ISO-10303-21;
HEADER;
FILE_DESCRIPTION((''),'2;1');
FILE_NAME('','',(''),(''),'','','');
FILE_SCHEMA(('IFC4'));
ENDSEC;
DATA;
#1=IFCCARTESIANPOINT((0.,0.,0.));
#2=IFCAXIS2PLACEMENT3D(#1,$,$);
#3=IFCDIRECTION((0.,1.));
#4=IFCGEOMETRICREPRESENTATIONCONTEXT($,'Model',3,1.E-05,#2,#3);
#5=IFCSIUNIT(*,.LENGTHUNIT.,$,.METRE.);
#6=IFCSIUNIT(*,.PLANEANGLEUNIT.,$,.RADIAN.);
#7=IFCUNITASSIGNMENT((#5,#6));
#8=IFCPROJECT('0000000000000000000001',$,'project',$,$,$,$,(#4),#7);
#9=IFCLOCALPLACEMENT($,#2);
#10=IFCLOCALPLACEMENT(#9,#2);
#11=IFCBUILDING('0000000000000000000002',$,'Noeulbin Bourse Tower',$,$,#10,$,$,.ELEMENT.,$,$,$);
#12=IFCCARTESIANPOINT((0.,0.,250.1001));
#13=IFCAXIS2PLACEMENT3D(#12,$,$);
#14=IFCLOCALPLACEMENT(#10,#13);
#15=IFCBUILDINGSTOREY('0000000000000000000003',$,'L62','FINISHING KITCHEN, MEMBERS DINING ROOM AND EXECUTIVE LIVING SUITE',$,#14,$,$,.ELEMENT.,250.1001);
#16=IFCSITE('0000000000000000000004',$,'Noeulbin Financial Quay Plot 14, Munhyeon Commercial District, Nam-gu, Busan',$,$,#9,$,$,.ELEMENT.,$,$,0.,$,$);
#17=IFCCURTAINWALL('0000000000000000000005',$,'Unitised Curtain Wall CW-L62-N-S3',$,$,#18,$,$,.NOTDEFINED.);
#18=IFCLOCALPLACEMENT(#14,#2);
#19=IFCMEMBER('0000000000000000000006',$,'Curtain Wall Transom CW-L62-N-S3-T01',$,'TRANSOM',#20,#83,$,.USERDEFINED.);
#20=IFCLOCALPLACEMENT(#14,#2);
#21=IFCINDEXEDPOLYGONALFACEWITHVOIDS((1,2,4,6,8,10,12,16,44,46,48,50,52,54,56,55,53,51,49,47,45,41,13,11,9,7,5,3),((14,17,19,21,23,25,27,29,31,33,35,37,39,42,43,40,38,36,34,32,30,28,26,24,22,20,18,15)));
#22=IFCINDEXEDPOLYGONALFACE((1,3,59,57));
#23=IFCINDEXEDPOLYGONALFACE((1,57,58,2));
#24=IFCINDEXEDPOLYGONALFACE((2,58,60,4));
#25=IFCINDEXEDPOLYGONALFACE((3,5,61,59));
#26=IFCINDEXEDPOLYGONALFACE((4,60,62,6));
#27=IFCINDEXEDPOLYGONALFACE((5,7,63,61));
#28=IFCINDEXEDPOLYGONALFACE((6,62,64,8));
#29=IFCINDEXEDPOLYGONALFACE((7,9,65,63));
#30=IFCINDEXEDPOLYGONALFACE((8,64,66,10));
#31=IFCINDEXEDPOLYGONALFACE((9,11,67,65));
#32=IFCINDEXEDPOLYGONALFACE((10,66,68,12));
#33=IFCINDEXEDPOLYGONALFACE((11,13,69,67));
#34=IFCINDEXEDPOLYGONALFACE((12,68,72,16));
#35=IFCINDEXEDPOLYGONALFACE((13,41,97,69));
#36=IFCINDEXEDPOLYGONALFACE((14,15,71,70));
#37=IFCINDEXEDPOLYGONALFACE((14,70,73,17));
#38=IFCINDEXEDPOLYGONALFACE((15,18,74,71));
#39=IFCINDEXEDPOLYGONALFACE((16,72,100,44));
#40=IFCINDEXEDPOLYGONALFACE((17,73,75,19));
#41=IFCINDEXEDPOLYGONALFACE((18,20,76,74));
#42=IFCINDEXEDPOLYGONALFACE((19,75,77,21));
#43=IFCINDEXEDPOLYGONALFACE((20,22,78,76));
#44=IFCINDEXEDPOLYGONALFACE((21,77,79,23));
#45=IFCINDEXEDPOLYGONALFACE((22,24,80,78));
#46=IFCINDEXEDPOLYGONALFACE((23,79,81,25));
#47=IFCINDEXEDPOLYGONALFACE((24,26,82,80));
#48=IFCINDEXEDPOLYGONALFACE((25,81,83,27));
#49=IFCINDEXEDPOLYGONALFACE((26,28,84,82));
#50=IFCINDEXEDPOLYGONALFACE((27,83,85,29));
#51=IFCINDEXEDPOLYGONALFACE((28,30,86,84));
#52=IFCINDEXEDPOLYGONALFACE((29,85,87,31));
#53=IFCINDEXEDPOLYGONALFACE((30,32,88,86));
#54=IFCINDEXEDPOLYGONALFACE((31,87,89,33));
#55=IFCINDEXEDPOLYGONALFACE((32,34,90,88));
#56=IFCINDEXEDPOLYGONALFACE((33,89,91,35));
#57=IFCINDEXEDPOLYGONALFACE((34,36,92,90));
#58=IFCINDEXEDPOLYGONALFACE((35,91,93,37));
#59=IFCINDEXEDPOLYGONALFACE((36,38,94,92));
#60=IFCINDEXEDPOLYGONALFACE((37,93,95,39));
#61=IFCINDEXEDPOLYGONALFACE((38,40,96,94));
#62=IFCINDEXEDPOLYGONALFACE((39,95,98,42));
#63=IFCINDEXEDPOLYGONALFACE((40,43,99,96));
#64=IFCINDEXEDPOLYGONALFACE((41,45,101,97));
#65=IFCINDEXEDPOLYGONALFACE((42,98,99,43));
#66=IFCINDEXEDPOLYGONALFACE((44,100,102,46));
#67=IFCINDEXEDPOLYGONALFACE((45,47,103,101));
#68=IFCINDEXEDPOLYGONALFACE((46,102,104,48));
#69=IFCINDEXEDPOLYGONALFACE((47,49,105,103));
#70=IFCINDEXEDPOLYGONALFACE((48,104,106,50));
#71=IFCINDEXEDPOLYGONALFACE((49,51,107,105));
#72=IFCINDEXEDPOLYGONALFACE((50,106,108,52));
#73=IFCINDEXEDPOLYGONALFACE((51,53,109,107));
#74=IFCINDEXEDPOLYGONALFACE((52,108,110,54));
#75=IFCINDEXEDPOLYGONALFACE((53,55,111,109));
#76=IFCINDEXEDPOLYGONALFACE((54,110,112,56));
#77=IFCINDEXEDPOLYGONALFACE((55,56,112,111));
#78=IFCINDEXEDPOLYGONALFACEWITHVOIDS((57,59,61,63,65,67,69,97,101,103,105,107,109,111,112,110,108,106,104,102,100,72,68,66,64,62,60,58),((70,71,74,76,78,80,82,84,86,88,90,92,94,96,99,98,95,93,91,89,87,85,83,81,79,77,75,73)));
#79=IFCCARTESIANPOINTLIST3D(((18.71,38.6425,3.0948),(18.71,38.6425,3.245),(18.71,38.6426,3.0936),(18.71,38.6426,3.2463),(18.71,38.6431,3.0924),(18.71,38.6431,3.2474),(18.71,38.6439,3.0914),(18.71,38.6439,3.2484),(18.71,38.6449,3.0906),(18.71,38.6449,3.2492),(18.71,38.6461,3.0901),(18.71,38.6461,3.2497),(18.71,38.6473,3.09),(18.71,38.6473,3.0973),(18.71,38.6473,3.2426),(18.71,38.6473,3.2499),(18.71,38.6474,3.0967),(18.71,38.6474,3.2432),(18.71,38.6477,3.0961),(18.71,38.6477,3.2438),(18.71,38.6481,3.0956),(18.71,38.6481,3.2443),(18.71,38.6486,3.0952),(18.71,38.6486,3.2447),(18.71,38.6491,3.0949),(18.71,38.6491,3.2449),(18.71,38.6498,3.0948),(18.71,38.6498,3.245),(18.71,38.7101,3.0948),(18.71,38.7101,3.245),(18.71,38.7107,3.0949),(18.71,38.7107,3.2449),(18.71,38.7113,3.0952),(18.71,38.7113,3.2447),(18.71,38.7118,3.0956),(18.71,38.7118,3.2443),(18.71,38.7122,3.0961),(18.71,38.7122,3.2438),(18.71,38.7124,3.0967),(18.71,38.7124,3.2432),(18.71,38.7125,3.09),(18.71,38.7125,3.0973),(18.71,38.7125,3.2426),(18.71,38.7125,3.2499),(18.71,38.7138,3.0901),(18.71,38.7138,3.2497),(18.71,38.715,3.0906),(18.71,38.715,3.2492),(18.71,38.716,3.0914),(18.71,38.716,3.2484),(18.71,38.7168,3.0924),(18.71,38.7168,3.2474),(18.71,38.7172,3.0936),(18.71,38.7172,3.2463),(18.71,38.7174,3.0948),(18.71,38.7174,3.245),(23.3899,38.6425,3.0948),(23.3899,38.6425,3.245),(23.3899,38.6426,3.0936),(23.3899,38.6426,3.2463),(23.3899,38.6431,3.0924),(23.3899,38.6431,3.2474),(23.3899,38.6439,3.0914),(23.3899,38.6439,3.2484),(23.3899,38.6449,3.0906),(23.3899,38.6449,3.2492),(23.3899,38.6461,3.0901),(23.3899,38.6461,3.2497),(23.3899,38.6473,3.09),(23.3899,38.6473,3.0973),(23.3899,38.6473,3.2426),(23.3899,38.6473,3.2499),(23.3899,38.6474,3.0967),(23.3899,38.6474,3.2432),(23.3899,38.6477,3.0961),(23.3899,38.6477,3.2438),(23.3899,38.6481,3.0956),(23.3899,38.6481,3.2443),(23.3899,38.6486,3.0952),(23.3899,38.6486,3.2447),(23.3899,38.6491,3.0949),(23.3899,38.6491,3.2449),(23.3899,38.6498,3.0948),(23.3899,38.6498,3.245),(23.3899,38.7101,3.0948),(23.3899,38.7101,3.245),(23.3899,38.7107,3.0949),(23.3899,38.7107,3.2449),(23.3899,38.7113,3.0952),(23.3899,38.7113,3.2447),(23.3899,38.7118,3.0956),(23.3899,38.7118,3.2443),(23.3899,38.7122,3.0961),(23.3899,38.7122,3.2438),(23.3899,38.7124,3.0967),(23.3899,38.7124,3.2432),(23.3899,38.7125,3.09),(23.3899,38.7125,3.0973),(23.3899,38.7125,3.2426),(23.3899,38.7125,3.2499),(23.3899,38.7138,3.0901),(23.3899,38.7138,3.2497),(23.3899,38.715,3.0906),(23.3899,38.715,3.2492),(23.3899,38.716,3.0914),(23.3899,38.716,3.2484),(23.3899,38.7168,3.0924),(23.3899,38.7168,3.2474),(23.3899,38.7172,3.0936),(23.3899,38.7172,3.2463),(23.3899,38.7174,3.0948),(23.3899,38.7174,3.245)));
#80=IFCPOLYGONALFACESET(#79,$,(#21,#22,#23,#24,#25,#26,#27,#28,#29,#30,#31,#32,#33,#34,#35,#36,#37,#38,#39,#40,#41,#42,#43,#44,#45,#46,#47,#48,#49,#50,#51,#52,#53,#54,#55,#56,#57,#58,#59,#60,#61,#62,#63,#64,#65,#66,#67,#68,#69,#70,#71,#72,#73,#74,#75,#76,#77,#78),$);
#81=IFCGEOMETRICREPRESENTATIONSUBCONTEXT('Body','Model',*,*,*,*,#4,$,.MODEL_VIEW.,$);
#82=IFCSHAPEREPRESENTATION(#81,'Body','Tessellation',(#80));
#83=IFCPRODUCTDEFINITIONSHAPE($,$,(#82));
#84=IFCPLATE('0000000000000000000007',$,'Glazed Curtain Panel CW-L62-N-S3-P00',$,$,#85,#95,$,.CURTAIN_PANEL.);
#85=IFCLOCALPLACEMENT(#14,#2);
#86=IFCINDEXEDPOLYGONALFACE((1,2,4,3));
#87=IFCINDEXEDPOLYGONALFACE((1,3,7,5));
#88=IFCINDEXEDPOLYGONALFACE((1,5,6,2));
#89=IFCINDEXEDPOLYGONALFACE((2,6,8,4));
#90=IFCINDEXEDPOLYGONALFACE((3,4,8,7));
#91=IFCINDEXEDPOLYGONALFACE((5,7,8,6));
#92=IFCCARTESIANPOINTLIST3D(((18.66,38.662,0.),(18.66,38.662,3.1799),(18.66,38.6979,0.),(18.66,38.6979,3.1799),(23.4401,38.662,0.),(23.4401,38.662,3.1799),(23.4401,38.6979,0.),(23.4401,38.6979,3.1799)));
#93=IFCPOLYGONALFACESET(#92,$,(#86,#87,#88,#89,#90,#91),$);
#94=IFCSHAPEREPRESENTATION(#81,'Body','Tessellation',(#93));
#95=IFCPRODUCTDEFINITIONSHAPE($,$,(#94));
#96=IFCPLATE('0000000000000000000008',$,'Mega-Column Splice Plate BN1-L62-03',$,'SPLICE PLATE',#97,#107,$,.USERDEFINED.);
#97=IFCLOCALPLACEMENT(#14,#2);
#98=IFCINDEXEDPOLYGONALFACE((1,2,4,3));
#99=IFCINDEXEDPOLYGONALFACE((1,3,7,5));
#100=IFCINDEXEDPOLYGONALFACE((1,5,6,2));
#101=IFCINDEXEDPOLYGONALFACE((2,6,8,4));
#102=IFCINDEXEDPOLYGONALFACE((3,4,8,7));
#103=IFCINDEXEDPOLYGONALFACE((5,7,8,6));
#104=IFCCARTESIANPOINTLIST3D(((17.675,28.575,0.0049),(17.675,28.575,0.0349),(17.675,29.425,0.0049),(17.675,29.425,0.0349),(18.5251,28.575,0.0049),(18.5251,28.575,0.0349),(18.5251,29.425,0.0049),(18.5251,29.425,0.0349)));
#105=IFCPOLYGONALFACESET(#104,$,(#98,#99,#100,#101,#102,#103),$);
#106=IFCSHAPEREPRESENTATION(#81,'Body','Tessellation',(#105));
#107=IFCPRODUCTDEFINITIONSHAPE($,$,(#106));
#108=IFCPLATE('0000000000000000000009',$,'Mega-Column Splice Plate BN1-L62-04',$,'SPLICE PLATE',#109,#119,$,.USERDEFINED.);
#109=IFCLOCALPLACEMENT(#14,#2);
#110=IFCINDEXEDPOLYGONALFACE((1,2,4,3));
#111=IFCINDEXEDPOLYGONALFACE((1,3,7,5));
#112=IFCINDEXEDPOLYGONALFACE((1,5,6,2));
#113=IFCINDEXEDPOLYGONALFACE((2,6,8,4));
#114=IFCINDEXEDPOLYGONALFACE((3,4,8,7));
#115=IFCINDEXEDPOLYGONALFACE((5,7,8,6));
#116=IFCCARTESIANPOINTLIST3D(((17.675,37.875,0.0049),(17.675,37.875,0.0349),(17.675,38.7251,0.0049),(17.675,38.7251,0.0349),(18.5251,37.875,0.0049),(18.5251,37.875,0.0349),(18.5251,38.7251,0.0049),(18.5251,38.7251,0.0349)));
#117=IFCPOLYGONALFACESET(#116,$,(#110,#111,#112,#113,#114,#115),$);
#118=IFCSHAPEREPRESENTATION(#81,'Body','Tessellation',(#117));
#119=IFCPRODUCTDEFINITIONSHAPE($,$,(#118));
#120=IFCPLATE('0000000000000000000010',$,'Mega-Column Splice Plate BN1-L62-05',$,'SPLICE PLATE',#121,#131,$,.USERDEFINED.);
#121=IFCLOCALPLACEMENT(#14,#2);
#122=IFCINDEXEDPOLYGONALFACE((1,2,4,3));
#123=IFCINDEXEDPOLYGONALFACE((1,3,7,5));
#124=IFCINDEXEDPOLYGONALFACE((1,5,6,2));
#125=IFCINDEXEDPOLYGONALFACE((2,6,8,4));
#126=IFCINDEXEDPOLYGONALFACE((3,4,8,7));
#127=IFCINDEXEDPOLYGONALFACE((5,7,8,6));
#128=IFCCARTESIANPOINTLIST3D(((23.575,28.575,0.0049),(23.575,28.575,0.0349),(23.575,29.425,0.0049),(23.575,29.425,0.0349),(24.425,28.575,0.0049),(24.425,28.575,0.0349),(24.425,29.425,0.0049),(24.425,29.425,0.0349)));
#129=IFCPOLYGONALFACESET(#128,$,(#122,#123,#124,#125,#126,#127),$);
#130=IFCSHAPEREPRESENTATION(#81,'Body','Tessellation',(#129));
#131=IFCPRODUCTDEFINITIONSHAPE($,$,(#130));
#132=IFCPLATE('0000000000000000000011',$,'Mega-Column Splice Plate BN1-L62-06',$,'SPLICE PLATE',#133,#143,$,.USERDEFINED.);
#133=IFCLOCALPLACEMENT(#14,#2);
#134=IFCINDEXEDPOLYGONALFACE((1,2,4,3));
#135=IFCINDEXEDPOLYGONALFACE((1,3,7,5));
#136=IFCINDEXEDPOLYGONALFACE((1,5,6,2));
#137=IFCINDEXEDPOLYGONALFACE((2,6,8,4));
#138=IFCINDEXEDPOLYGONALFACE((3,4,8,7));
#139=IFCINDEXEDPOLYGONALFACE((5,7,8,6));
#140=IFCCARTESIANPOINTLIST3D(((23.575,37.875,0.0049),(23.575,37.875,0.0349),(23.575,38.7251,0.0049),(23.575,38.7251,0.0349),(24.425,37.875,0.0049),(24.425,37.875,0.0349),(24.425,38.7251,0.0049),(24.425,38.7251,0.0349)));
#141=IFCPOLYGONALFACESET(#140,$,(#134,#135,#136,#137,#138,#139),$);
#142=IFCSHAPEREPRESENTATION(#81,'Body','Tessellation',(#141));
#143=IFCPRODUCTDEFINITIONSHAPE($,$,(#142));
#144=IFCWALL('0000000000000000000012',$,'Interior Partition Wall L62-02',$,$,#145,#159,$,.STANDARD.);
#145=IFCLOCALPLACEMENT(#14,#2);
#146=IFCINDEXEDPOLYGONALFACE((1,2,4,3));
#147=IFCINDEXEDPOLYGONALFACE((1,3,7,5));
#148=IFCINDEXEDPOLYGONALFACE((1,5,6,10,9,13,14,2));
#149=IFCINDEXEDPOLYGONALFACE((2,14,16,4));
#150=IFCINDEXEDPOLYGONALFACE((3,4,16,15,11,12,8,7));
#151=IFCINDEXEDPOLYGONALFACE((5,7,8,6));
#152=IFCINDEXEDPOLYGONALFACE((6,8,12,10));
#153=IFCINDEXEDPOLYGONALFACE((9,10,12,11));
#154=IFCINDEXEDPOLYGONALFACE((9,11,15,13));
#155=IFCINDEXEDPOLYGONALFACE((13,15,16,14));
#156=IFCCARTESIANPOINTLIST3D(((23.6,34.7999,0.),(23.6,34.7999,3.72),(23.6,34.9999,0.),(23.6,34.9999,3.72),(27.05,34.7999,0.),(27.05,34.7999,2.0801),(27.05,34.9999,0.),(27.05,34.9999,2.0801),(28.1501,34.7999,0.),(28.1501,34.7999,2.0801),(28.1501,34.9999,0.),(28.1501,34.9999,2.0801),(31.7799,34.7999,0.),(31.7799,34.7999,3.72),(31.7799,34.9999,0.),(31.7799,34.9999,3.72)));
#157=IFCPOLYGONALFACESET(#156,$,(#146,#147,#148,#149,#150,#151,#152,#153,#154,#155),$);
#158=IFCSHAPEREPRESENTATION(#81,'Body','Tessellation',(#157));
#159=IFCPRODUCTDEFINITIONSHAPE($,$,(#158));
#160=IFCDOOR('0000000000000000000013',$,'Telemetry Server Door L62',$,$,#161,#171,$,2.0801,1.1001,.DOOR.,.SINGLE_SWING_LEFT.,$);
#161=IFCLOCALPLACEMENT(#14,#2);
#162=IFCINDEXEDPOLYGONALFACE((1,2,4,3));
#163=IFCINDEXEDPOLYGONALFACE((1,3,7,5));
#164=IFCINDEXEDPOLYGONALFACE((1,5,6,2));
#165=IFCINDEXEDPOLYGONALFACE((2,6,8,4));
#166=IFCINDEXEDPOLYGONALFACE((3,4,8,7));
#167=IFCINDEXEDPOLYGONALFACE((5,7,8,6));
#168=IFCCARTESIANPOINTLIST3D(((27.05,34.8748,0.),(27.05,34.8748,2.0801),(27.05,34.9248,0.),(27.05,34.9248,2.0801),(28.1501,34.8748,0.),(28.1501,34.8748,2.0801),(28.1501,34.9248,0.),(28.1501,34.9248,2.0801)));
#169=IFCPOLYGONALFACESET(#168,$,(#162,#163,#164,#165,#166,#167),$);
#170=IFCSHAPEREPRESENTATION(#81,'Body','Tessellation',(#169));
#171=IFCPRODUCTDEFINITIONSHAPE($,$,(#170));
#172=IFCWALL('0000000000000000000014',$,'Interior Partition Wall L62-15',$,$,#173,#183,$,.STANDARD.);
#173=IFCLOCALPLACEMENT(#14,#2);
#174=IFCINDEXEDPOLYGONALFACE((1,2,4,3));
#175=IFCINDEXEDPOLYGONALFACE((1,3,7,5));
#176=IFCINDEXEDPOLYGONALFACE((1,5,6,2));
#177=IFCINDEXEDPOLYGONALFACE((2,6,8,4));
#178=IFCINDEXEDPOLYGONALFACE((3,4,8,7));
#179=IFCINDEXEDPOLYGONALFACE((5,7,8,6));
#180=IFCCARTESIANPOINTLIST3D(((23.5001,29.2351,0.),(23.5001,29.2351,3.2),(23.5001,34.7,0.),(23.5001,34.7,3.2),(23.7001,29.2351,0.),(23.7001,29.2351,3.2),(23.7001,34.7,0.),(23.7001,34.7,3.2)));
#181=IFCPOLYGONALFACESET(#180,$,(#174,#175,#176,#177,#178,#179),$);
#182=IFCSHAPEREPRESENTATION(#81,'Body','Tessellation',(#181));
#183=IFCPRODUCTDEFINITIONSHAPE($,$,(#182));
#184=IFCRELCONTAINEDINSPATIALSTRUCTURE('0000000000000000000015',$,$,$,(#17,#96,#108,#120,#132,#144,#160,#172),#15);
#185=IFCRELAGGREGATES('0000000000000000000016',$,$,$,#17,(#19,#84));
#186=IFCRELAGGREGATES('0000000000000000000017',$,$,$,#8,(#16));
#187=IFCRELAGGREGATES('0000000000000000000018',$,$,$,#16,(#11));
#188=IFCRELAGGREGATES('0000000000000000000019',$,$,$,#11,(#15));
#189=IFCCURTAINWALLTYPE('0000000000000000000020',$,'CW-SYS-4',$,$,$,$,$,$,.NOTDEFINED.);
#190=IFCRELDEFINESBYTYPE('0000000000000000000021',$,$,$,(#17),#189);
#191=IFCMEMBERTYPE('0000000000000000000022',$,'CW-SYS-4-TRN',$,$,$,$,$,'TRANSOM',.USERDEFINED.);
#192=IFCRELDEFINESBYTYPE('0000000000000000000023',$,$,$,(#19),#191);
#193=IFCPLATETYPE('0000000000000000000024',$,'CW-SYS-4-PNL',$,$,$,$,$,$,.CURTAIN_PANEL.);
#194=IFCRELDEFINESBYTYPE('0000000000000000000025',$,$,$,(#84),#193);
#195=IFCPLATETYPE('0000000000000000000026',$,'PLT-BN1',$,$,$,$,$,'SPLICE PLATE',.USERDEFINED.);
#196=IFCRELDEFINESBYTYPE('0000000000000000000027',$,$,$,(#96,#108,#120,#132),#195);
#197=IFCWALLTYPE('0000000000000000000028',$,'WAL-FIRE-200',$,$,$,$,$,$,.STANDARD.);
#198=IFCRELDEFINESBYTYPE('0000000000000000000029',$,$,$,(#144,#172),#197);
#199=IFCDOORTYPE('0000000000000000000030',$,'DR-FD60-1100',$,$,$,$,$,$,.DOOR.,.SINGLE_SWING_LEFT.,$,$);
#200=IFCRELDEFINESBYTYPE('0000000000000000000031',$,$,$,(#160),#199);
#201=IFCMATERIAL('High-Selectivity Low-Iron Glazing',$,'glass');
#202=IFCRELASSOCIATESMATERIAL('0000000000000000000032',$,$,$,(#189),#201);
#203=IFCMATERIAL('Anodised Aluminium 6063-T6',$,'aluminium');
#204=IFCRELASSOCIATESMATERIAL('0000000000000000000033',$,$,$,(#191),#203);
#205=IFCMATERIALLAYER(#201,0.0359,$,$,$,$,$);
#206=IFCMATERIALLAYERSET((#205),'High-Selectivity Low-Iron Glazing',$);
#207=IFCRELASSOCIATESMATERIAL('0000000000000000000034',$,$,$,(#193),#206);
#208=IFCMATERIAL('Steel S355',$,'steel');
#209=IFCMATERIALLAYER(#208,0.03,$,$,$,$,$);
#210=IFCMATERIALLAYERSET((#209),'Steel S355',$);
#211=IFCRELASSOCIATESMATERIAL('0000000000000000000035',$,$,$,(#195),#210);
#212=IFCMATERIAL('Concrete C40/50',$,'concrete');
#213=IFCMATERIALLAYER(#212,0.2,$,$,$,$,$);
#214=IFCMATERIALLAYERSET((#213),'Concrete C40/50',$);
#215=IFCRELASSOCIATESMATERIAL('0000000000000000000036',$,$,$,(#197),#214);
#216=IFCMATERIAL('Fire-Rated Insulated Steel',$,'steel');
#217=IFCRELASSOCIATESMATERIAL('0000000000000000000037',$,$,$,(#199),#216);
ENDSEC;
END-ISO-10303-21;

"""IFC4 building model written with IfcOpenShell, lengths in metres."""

from ifc_helpers import new_model, si_unit, direction, frame, frame_2d, origin, origin_2d, place, context, subcontext, project, spatial, rectangle, hollow_rectangle, extrude, material, layer, layer_set, material_profile, profile_set, type_object, element, fill, aggregate, save


model = new_model("IFC4")

# Units and contexts
model_context = context("Model", 3, precision=1e-05, world=origin(), true_north=direction((0.0, 1.0)))
body_context = subcontext(model_context, "Body", "Model", "MODEL_VIEW")
ifc_project = project(units=[si_unit("LENGTHUNIT", "METRE"), si_unit("PLANEANGLEUNIT", "RADIAN")], contexts=[model_context])

# Site, building, storey
site_placement = place(None, origin())
site = spatial("IfcSite", under=ifc_project, at=site_placement, Name="Noeulbin Financial Quay Plot 14, Munhyeon Commercial District, Nam-gu, Busan", CompositionType="ELEMENT", RefElevation=0.0)
building_placement = place(site_placement, origin())
building = spatial("IfcBuilding", under=site, at=building_placement, Name="Noeulbin Bourse Tower", CompositionType="ELEMENT")
storey_placement = place(building_placement, frame((0.0, 0.0, 250.1001)))
storey = spatial("IfcBuildingStorey", under=building, at=storey_placement, Name="L62", Description="FINISHING KITCHEN, MEMBERS DINING ROOM AND EXECUTIVE LIVING SUITE", CompositionType="ELEMENT", Elevation=250.1001)

# Shared definitions
ifc_material_1 = material(Name="Steel S355", Category="steel")

# Curtain wall, member, plate
ifc_material_2 = material(Name="High-Selectivity Low-Iron Glazing", Category="glass")
curtain_wall_type = type_object("IfcCurtainWallType", Name="CW-SYS-4", PredefinedType="NOTDEFINED", material=ifc_material_2)
curtain_wall_placement = place(storey_placement, origin())
curtain_wall = element("IfcCurtainWall", 1, at=curtain_wall_placement, inside=storey, type_object=curtain_wall_type, Name="Unitised Curtain Wall CW-L62-N-S3", PredefinedType="NOTDEFINED")
ifc_material_3 = material(Name="Anodised Aluminium 6063-T6", Category="aluminium")
ifc_material_profile_1 = material_profile(ifc_material_3, hollow_rectangle(XDim=0.075, YDim=0.1599, WallThickness=0.0049, InnerFilletRadius=0.0024, OuterFilletRadius=0.0049, at=origin_2d()), Name="ALU-TRAN-75x160x5", Category="LoadBearing")
ifc_profile_set_1 = profile_set([ifc_material_profile_1], Name="Anodised Aluminium 6063-T6")
member_type_1 = type_object("IfcMemberType", Name="CW-SYS-4-TRN", ElementType="TRANSOM", PredefinedType="USERDEFINED", material=ifc_profile_set_1)
member_1_placement = place(storey_placement, frame((18.71, 38.6799, 3.1699), z_axis=(1.0, 0.0, 0.0), x_axis=(0.0, 1.0, 0.0)))
member_1 = element("IfcMember", 2, at=member_1_placement, type_object=member_type_1, Name="Curtain Wall Transom CW-L62-N-S3-T01", ObjectType="TRANSOM", PredefinedType="USERDEFINED", context=body_context, shape_type="SweptSolid", body=[
    extrude(hollow_rectangle(XDim=0.075, YDim=0.1599, WallThickness=0.0049, InnerFilletRadius=0.0024, OuterFilletRadius=0.0049, at=origin_2d()), origin(), (0.0, 0.0, 1.0), 4.6799),
])
ifc_layer_1 = layer(ifc_material_2, 0.0359)
ifc_layer_set_1 = layer_set([ifc_layer_1], Name="High-Selectivity Low-Iron Glazing")
plate_type_1 = type_object("IfcPlateType", Name="CW-SYS-4-PNL", PredefinedType="CURTAIN_PANEL", material=ifc_layer_set_1)
plate_placement = place(storey_placement, frame((21.05, 38.6799, 0.0), z_axis=(0.0, 0.0, 1.0), x_axis=(1.0, 0.0, 0.0)))
plate = element("IfcPlate", 3, at=plate_placement, type_object=plate_type_1, Name="Glazed Curtain Panel CW-L62-N-S3-P00", PredefinedType="CURTAIN_PANEL", context=body_context, shape_type="SweptSolid", body=[
    extrude(rectangle(XDim=4.78, YDim=0.0359, at=origin_2d()), origin(), (0.0, 0.0, 1.0), 3.1799),
])
aggregate(curtain_wall, [member_1, plate])

# Plates
ifc_layer_2 = layer(ifc_material_1, 0.03)
ifc_layer_set_2 = layer_set([ifc_layer_2], Name="Steel S355")
plate_type_2 = type_object("IfcPlateType", Name="PLT-BN1", ElementType="SPLICE PLATE", PredefinedType="USERDEFINED", material=ifc_layer_set_2)
for number, where, z_axis, x_axis, name in (
    (4, (18.1001, 29.0, 0.0049), (0.0, 0.0, 1.0), (1.0, 0.0, 0.0), "Mega-Column Splice Plate BN1-L62-03"),
    (5, (18.1001, 38.3, 0.0049), (0.0, 0.0, 1.0), (1.0, 0.0, 0.0), "Mega-Column Splice Plate BN1-L62-04"),
    (6, (24.0, 29.0, 0.0049), (0.0, 0.0, 1.0), (1.0, 0.0, 0.0), "Mega-Column Splice Plate BN1-L62-05"),
    (7, (24.0, 38.3, 0.0049), (0.0, 0.0, 1.0), (1.0, 0.0, 0.0), "Mega-Column Splice Plate BN1-L62-06"),
):
    element("IfcPlate", number, at=place(storey_placement, frame(where, z_axis=z_axis, x_axis=x_axis)), inside=storey, type_object=plate_type_2, Name=name, ObjectType="SPLICE PLATE", PredefinedType="USERDEFINED", context=body_context, shape_type="SweptSolid", body=[
        extrude(rectangle(XDim=0.8501, YDim=0.8501, at=origin_2d()), origin(), (0.0, 0.0, 1.0), 0.03),
    ])

# Wall, opening, door
ifc_material_4 = material(Name="Concrete C40/50", Category="concrete")
ifc_layer_3 = layer(ifc_material_4, 0.2)
ifc_layer_set_3 = layer_set([ifc_layer_3], Name="Concrete C40/50")
wall_type_1 = type_object("IfcWallType", Name="WAL-FIRE-200", PredefinedType="STANDARD", material=ifc_layer_set_3)
wall_1_placement = place(storey_placement, frame((23.6001, 34.8999, 0.0), z_axis=(0.0, 0.0, 1.0), x_axis=(1.0, 0.0, 0.0)))
wall_1 = element("IfcWall", 8, at=wall_1_placement, inside=storey, type_object=wall_type_1, Name="Interior Partition Wall L62-02", PredefinedType="STANDARD", context=body_context, shape_type="SweptSolid", body=[
    extrude(rectangle(XDim=8.1799, YDim=0.2, at=frame_2d((4.0898, 0.0))), origin(), (0.0, 0.0, 1.0), 3.72),
])
opening_1_placement = place(wall_1_placement, frame((3.45, 0.0, 0.0)))
opening_1 = element("IfcOpeningElement", 9, at=opening_1_placement, cuts=wall_1, PredefinedType="OPENING", context=body_context, shape_type="SweptSolid", body=[
    extrude(rectangle(XDim=1.1001, YDim=2.0801, at=frame_2d((0.55, 1.04))), frame((0.0, 0.1099, 0.0), z_axis=(0.0, -1.0, 0.0), x_axis=(1.0, 0.0, 0.0)), (0.0, 0.0, 1.0), 0.22),
])
ifc_material_5 = material(Name="Fire-Rated Insulated Steel", Category="steel")
door_type_1 = type_object("IfcDoorType", Name="DR-FD60-1100", OperationType="SINGLE_SWING_LEFT", PredefinedType="DOOR", material=ifc_material_5)
door_1_placement = place(opening_1_placement, origin())
door_1 = element("IfcDoor", 10, at=door_1_placement, inside=storey, type_object=door_type_1, Name="Telemetry Server Door L62", OperationType="SINGLE_SWING_LEFT", OverallHeight=2.0801, OverallWidth=1.1001, PredefinedType="DOOR", context=body_context, shape_type="SweptSolid", body=[
    extrude(rectangle(XDim=1.1001, YDim=2.0801, at=frame_2d((0.55, 1.04))), frame((0.0, 0.0249, 0.0), z_axis=(0.0, -1.0, 0.0), x_axis=(1.0, 0.0, 0.0)), (0.0, 0.0, 1.0), 0.05),
])
fill(opening_1, door_1)

# Wall
wall_2_placement = place(storey_placement, frame((23.6001, 29.2351, 0.0), z_axis=(0.0, 0.0, 1.0), x_axis=(0.0, 1.0, 0.0)))
element("IfcWall", 11, at=wall_2_placement, inside=storey, type_object=wall_type_1, Name="Interior Partition Wall L62-15", PredefinedType="STANDARD", context=body_context, shape_type="SweptSolid", body=[
    extrude(rectangle(XDim=5.4648, YDim=0.2, at=frame_2d((2.7324, 0.0))), origin(), (0.0, 0.0, 1.0), 3.2),
])

save(model, "model.ifc")
